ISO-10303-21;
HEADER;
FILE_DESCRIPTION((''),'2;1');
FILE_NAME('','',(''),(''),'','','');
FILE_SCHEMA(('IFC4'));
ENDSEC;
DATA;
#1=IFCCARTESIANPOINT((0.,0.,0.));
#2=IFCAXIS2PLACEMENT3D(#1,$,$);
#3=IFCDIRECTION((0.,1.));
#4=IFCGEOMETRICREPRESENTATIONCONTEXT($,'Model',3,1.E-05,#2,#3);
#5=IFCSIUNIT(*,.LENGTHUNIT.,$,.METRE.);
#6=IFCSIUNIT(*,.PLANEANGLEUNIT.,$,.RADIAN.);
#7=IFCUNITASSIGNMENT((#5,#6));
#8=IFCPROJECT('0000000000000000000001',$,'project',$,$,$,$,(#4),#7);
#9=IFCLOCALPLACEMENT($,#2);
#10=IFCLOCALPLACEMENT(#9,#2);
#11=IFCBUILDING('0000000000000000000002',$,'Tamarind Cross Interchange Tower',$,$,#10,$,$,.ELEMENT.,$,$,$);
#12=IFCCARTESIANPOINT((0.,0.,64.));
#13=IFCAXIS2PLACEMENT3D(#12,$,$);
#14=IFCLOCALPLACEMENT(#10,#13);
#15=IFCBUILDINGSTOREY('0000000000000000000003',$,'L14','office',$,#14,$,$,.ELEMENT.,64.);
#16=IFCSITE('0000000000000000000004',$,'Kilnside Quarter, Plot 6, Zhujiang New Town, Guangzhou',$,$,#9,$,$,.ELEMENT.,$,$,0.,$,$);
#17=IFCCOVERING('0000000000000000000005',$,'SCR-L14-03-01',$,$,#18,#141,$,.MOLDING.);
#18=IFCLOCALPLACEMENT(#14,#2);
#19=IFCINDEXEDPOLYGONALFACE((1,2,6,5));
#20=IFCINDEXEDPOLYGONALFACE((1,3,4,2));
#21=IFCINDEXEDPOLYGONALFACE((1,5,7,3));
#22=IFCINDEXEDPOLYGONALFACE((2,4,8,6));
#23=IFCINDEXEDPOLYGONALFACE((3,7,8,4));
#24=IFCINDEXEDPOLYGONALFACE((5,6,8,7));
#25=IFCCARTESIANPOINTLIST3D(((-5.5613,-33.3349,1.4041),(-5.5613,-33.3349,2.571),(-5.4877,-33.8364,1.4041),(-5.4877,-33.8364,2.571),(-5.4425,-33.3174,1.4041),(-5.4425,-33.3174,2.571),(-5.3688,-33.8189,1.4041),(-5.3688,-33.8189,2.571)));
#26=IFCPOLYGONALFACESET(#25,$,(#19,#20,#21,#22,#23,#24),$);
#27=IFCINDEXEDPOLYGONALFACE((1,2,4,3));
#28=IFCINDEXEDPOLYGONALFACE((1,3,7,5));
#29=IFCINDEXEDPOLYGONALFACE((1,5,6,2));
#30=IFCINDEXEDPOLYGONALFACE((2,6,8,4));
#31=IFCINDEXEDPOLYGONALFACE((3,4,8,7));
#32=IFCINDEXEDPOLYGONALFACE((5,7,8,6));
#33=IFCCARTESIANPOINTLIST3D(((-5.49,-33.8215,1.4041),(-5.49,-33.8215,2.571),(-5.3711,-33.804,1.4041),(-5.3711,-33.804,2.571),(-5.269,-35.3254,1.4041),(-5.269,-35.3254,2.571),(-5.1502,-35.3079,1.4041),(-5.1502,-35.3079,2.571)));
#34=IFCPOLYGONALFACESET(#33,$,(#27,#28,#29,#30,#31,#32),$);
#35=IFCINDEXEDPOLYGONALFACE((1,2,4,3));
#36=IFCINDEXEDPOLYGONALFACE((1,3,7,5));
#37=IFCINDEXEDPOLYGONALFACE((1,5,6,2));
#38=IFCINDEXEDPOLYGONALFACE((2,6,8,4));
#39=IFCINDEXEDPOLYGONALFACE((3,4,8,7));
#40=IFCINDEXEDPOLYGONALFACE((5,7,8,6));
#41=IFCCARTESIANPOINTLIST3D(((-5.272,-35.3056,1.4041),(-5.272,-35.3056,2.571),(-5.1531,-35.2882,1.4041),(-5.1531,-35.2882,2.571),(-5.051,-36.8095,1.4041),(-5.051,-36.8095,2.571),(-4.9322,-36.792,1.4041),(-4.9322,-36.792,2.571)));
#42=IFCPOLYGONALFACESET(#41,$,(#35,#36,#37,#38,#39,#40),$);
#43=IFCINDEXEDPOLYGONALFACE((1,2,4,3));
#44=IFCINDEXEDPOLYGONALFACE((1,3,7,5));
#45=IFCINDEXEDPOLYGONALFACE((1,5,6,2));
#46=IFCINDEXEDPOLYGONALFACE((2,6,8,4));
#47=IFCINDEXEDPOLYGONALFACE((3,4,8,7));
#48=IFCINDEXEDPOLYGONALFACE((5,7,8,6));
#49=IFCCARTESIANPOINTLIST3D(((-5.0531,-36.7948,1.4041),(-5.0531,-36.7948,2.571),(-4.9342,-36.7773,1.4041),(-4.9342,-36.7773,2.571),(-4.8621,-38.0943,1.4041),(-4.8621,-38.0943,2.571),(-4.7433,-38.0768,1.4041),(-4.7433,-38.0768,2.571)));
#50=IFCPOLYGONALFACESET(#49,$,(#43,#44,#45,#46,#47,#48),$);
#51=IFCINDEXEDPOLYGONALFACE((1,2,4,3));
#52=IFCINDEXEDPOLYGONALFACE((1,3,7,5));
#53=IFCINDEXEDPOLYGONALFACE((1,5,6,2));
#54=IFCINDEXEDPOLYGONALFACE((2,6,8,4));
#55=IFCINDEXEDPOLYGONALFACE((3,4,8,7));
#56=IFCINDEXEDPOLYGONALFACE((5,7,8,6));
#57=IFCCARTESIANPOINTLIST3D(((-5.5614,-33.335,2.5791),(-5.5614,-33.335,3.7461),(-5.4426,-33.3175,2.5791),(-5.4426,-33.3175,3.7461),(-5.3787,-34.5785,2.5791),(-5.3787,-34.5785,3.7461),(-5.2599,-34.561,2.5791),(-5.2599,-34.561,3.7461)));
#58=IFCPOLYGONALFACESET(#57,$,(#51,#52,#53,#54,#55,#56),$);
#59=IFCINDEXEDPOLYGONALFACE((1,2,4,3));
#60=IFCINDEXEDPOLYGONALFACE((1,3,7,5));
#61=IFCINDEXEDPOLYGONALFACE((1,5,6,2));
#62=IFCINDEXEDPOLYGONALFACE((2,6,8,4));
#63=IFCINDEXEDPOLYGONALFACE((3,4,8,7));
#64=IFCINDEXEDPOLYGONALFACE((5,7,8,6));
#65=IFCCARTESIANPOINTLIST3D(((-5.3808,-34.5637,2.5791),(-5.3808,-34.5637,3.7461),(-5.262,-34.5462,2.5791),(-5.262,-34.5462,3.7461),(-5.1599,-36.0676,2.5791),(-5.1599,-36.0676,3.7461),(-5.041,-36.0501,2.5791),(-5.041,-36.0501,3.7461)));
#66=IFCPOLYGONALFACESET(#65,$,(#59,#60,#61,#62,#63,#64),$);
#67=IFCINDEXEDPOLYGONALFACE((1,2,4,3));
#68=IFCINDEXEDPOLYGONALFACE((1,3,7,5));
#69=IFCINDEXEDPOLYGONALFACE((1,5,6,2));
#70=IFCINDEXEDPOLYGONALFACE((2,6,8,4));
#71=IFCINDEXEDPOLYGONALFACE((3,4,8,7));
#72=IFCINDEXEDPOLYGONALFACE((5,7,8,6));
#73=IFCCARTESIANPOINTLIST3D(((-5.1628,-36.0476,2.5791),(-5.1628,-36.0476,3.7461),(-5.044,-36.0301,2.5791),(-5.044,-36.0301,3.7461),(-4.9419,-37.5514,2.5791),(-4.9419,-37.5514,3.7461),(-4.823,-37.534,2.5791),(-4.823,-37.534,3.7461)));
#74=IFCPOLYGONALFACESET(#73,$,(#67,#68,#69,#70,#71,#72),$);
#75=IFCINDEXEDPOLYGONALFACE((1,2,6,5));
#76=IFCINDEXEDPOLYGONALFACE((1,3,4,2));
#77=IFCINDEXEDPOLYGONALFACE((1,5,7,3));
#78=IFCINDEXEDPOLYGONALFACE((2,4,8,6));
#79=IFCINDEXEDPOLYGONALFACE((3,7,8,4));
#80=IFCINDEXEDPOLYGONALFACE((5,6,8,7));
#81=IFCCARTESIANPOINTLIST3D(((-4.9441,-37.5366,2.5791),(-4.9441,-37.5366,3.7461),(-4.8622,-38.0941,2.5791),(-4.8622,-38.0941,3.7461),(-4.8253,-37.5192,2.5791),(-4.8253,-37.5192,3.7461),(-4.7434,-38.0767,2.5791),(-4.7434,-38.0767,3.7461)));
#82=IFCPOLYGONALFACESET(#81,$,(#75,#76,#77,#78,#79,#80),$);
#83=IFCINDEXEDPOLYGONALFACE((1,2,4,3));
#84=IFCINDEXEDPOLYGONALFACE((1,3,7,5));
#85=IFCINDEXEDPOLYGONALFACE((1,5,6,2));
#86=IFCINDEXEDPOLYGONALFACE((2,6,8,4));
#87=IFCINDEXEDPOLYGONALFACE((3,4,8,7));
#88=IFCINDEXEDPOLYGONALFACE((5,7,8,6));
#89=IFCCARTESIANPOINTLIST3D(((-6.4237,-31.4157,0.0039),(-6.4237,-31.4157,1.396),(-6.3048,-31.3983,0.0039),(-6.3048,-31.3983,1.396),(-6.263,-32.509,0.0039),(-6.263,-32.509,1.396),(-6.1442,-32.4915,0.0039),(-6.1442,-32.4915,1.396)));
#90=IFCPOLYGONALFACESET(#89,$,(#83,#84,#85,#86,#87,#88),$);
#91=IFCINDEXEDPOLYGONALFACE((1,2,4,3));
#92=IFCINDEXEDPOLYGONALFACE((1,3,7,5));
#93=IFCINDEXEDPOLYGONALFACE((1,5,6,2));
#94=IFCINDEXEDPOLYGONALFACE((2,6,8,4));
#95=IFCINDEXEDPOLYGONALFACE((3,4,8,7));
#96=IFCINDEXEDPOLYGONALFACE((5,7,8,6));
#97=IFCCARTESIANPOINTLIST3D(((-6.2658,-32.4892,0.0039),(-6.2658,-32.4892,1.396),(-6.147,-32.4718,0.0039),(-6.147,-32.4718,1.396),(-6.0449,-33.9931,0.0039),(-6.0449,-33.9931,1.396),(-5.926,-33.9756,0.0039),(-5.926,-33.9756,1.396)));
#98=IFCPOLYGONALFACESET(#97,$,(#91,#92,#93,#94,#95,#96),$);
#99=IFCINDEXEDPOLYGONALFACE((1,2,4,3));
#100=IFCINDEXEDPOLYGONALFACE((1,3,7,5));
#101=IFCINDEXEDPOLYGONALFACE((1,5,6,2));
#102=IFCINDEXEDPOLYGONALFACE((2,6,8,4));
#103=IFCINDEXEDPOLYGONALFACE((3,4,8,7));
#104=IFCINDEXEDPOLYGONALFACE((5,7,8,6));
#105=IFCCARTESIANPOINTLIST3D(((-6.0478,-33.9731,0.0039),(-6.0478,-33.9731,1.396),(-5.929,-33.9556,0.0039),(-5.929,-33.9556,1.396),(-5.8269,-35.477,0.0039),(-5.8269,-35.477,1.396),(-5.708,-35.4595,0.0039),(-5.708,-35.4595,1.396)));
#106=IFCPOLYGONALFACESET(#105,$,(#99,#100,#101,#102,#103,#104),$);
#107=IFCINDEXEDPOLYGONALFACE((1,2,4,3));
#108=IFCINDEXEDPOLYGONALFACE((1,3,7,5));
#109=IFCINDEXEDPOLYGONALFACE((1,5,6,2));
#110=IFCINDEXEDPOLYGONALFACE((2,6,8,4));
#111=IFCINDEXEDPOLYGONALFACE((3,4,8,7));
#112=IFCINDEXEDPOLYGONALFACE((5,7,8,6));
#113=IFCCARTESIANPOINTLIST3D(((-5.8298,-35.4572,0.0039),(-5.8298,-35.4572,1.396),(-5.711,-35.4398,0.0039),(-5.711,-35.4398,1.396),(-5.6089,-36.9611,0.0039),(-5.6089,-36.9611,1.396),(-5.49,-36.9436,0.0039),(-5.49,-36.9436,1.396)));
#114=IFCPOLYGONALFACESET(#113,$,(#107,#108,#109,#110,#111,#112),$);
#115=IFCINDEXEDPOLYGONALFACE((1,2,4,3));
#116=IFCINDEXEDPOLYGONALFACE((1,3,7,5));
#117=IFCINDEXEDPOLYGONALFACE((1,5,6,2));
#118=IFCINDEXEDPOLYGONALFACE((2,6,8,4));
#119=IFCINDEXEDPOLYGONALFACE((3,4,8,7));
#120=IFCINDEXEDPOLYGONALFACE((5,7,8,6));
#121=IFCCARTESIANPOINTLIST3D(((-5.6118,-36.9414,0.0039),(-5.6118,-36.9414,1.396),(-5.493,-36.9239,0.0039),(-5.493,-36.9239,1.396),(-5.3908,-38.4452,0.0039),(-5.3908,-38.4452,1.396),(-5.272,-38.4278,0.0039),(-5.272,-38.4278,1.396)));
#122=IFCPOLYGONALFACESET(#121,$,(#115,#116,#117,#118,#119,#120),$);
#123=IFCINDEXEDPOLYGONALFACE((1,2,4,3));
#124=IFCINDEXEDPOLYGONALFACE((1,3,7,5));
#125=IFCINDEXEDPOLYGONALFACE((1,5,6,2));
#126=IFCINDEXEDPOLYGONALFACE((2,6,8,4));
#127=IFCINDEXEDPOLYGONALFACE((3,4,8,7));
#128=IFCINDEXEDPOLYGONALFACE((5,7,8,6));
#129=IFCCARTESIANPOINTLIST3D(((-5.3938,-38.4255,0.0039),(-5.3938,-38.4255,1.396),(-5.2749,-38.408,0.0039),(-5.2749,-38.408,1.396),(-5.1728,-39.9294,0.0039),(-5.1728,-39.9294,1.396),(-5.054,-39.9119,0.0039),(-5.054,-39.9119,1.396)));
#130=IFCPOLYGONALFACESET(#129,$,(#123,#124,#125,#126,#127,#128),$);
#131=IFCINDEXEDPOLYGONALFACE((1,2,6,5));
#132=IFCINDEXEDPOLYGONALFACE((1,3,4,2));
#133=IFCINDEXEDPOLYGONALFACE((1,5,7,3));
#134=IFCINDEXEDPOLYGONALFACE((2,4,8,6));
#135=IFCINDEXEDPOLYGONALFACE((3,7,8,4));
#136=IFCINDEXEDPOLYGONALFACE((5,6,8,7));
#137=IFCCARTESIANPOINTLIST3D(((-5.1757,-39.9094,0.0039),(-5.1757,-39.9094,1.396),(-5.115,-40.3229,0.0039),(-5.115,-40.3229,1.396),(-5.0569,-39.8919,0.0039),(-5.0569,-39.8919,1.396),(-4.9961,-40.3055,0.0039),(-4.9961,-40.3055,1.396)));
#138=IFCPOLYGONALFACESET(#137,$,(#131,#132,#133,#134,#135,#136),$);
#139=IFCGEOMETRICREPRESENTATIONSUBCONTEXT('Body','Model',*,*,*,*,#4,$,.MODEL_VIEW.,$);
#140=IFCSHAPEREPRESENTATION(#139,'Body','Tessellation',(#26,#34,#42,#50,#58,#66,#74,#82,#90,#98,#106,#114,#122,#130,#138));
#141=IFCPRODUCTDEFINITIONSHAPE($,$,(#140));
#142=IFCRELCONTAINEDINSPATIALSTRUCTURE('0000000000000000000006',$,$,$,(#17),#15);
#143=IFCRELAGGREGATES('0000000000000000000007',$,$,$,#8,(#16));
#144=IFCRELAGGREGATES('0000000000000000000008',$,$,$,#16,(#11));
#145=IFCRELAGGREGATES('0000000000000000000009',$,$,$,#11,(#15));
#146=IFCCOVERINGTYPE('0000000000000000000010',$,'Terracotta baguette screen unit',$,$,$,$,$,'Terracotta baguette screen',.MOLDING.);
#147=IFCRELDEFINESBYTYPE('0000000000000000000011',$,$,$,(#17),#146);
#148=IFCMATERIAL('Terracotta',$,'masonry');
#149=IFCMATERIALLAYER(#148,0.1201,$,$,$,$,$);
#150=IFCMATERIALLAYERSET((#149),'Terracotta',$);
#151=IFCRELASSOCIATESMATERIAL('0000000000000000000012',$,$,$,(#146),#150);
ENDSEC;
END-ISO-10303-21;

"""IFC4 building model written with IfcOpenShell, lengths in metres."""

from ifc_helpers import new_model, si_unit, direction, frame, origin, origin_2d, place, context, subcontext, project, spatial, rectangle, extrude, material, layer, layer_set, type_object, element, save


model = new_model("IFC4")

# Units and contexts
model_context = context("Model", 3, precision=1e-05, world=origin(), true_north=direction((0.0, 1.0)))
body_context = subcontext(model_context, "Body", "Model", "MODEL_VIEW")
ifc_project = project(units=[si_unit("LENGTHUNIT", "METRE"), si_unit("PLANEANGLEUNIT", "RADIAN")], contexts=[model_context])

# Site, building, storey
site_placement = place(None, origin())
site = spatial("IfcSite", under=ifc_project, at=site_placement, Name="Kilnside Quarter, Plot 6, Zhujiang New Town, Guangzhou", CompositionType="ELEMENT", RefElevation=0.0)
building_placement = place(site_placement, origin())
building = spatial("IfcBuilding", under=site, at=building_placement, Name="Tamarind Cross Interchange Tower", CompositionType="ELEMENT")
storey_placement = place(building_placement, frame((0.0, 0.0, 64.0)))
storey = spatial("IfcBuildingStorey", under=building, at=storey_placement, Name="L14", Description="office", CompositionType="ELEMENT", Elevation=64.0)

# Covering
ifc_material_1 = material(Name="Terracotta", Category="masonry")
ifc_layer_1 = layer(ifc_material_1, 0.1201)
ifc_layer_set_1 = layer_set([ifc_layer_1], Name="Terracotta")
covering_type = type_object("IfcCoveringType", Name="Terracotta baguette screen unit", ElementType="Terracotta baguette screen", PredefinedType="MOLDING", material=ifc_layer_set_1)
covering_1_placement = place(storey_placement, origin())
element("IfcCovering", 1, at=covering_1_placement, inside=storey, type_object=covering_type, Name="SCR-L14-03-01", PredefinedType="MOLDING", context=body_context, shape_type="SweptSolid", body=[
    extrude(rectangle(XDim=0.5068, YDim=0.1201, at=origin_2d()), frame((-5.4651, -33.5769, 1.4041), z_axis=(0.0, 0.0, 1.0), x_axis=(0.145365, -0.989378, 0.0)), (0.0, 0.0, 1.0), 1.167),
    extrude(rectangle(XDim=1.52, YDim=0.1201, at=origin_2d()), frame((-5.3201, -34.5647, 1.4041), z_axis=(0.0, 0.0, 1.0), x_axis=(0.145365, -0.989378, 0.0)), (0.0, 0.0, 1.0), 1.167),
    extrude(rectangle(XDim=1.52, YDim=0.1201, at=origin_2d()), frame((-5.1021, -36.0488, 1.4041), z_axis=(0.0, 0.0, 1.0), x_axis=(0.145365, -0.989378, 0.0)), (0.0, 0.0, 1.0), 1.167),
    extrude(rectangle(XDim=1.3135, YDim=0.1201, at=origin_2d()), frame((-4.8982, -37.4358, 1.4041), z_axis=(0.0, 0.0, 1.0), x_axis=(0.145365, -0.989378, 0.0)), (0.0, 0.0, 1.0), 1.167),
    extrude(rectangle(XDim=1.2568, YDim=0.1201, at=origin_2d()), frame((-5.4106, -33.948, 2.5791), z_axis=(0.0, 0.0, 1.0), x_axis=(0.145365, -0.989378, 0.0)), (0.0, 0.0, 1.0), 1.167),
    extrude(rectangle(XDim=1.52, YDim=0.1201, at=origin_2d()), frame((-5.2109, -35.3069, 2.5791), z_axis=(0.0, 0.0, 1.0), x_axis=(0.145365, -0.989378, 0.0)), (0.0, 0.0, 1.0), 1.167),
    extrude(rectangle(XDim=1.52, YDim=0.1201, at=origin_2d()), frame((-4.9929, -36.7908, 2.5791), z_axis=(0.0, 0.0, 1.0), x_axis=(0.145365, -0.989378, 0.0)), (0.0, 0.0, 1.0), 1.167),
    extrude(rectangle(XDim=0.5635, YDim=0.1201, at=origin_2d()), frame((-4.8438, -37.8066, 2.5791), z_axis=(0.0, 0.0, 1.0), x_axis=(0.145365, -0.989378, 0.0)), (0.0, 0.0, 1.0), 1.167),
    extrude(rectangle(XDim=1.105, YDim=0.1201, at=origin_2d()), frame((-6.2839, -31.9536, 0.0039), z_axis=(0.0, 0.0, 1.0), x_axis=(0.145365, -0.989378, 0.0)), (0.0, 0.0, 1.0), 1.3921),
    extrude(rectangle(XDim=1.52, YDim=0.1201, at=origin_2d()), frame((-6.0959, -33.2324, 0.0039), z_axis=(0.0, 0.0, 1.0), x_axis=(0.145365, -0.989378, 0.0)), (0.0, 0.0, 1.0), 1.3921),
    extrude(rectangle(XDim=1.52, YDim=0.1201, at=origin_2d()), frame((-5.8779, -34.7163, 0.0039), z_axis=(0.0, 0.0, 1.0), x_axis=(0.145365, -0.989378, 0.0)), (0.0, 0.0, 1.0), 1.3921),
    extrude(rectangle(XDim=1.52, YDim=0.1201, at=origin_2d()), frame((-5.6599, -36.2004, 0.0039), z_axis=(0.0, 0.0, 1.0), x_axis=(0.145365, -0.989378, 0.0)), (0.0, 0.0, 1.0), 1.3921),
    extrude(rectangle(XDim=1.52, YDim=0.1201, at=origin_2d()), frame((-5.4419, -37.6846, 0.0039), z_axis=(0.0, 0.0, 1.0), x_axis=(0.145365, -0.989378, 0.0)), (0.0, 0.0, 1.0), 1.3921),
    extrude(rectangle(XDim=1.52, YDim=0.1201, at=origin_2d()), frame((-5.2239, -39.1687, 0.0039), z_axis=(0.0, 0.0, 1.0), x_axis=(0.145365, -0.989378, 0.0)), (0.0, 0.0, 1.0), 1.3921),
    extrude(rectangle(XDim=0.418, YDim=0.1201, at=origin_2d()), frame((-5.0859, -40.1074, 0.0039), z_axis=(0.0, 0.0, 1.0), x_axis=(0.145365, -0.989378, 0.0)), (0.0, 0.0, 1.0), 1.3921),
])

save(model, "model.ifc")
